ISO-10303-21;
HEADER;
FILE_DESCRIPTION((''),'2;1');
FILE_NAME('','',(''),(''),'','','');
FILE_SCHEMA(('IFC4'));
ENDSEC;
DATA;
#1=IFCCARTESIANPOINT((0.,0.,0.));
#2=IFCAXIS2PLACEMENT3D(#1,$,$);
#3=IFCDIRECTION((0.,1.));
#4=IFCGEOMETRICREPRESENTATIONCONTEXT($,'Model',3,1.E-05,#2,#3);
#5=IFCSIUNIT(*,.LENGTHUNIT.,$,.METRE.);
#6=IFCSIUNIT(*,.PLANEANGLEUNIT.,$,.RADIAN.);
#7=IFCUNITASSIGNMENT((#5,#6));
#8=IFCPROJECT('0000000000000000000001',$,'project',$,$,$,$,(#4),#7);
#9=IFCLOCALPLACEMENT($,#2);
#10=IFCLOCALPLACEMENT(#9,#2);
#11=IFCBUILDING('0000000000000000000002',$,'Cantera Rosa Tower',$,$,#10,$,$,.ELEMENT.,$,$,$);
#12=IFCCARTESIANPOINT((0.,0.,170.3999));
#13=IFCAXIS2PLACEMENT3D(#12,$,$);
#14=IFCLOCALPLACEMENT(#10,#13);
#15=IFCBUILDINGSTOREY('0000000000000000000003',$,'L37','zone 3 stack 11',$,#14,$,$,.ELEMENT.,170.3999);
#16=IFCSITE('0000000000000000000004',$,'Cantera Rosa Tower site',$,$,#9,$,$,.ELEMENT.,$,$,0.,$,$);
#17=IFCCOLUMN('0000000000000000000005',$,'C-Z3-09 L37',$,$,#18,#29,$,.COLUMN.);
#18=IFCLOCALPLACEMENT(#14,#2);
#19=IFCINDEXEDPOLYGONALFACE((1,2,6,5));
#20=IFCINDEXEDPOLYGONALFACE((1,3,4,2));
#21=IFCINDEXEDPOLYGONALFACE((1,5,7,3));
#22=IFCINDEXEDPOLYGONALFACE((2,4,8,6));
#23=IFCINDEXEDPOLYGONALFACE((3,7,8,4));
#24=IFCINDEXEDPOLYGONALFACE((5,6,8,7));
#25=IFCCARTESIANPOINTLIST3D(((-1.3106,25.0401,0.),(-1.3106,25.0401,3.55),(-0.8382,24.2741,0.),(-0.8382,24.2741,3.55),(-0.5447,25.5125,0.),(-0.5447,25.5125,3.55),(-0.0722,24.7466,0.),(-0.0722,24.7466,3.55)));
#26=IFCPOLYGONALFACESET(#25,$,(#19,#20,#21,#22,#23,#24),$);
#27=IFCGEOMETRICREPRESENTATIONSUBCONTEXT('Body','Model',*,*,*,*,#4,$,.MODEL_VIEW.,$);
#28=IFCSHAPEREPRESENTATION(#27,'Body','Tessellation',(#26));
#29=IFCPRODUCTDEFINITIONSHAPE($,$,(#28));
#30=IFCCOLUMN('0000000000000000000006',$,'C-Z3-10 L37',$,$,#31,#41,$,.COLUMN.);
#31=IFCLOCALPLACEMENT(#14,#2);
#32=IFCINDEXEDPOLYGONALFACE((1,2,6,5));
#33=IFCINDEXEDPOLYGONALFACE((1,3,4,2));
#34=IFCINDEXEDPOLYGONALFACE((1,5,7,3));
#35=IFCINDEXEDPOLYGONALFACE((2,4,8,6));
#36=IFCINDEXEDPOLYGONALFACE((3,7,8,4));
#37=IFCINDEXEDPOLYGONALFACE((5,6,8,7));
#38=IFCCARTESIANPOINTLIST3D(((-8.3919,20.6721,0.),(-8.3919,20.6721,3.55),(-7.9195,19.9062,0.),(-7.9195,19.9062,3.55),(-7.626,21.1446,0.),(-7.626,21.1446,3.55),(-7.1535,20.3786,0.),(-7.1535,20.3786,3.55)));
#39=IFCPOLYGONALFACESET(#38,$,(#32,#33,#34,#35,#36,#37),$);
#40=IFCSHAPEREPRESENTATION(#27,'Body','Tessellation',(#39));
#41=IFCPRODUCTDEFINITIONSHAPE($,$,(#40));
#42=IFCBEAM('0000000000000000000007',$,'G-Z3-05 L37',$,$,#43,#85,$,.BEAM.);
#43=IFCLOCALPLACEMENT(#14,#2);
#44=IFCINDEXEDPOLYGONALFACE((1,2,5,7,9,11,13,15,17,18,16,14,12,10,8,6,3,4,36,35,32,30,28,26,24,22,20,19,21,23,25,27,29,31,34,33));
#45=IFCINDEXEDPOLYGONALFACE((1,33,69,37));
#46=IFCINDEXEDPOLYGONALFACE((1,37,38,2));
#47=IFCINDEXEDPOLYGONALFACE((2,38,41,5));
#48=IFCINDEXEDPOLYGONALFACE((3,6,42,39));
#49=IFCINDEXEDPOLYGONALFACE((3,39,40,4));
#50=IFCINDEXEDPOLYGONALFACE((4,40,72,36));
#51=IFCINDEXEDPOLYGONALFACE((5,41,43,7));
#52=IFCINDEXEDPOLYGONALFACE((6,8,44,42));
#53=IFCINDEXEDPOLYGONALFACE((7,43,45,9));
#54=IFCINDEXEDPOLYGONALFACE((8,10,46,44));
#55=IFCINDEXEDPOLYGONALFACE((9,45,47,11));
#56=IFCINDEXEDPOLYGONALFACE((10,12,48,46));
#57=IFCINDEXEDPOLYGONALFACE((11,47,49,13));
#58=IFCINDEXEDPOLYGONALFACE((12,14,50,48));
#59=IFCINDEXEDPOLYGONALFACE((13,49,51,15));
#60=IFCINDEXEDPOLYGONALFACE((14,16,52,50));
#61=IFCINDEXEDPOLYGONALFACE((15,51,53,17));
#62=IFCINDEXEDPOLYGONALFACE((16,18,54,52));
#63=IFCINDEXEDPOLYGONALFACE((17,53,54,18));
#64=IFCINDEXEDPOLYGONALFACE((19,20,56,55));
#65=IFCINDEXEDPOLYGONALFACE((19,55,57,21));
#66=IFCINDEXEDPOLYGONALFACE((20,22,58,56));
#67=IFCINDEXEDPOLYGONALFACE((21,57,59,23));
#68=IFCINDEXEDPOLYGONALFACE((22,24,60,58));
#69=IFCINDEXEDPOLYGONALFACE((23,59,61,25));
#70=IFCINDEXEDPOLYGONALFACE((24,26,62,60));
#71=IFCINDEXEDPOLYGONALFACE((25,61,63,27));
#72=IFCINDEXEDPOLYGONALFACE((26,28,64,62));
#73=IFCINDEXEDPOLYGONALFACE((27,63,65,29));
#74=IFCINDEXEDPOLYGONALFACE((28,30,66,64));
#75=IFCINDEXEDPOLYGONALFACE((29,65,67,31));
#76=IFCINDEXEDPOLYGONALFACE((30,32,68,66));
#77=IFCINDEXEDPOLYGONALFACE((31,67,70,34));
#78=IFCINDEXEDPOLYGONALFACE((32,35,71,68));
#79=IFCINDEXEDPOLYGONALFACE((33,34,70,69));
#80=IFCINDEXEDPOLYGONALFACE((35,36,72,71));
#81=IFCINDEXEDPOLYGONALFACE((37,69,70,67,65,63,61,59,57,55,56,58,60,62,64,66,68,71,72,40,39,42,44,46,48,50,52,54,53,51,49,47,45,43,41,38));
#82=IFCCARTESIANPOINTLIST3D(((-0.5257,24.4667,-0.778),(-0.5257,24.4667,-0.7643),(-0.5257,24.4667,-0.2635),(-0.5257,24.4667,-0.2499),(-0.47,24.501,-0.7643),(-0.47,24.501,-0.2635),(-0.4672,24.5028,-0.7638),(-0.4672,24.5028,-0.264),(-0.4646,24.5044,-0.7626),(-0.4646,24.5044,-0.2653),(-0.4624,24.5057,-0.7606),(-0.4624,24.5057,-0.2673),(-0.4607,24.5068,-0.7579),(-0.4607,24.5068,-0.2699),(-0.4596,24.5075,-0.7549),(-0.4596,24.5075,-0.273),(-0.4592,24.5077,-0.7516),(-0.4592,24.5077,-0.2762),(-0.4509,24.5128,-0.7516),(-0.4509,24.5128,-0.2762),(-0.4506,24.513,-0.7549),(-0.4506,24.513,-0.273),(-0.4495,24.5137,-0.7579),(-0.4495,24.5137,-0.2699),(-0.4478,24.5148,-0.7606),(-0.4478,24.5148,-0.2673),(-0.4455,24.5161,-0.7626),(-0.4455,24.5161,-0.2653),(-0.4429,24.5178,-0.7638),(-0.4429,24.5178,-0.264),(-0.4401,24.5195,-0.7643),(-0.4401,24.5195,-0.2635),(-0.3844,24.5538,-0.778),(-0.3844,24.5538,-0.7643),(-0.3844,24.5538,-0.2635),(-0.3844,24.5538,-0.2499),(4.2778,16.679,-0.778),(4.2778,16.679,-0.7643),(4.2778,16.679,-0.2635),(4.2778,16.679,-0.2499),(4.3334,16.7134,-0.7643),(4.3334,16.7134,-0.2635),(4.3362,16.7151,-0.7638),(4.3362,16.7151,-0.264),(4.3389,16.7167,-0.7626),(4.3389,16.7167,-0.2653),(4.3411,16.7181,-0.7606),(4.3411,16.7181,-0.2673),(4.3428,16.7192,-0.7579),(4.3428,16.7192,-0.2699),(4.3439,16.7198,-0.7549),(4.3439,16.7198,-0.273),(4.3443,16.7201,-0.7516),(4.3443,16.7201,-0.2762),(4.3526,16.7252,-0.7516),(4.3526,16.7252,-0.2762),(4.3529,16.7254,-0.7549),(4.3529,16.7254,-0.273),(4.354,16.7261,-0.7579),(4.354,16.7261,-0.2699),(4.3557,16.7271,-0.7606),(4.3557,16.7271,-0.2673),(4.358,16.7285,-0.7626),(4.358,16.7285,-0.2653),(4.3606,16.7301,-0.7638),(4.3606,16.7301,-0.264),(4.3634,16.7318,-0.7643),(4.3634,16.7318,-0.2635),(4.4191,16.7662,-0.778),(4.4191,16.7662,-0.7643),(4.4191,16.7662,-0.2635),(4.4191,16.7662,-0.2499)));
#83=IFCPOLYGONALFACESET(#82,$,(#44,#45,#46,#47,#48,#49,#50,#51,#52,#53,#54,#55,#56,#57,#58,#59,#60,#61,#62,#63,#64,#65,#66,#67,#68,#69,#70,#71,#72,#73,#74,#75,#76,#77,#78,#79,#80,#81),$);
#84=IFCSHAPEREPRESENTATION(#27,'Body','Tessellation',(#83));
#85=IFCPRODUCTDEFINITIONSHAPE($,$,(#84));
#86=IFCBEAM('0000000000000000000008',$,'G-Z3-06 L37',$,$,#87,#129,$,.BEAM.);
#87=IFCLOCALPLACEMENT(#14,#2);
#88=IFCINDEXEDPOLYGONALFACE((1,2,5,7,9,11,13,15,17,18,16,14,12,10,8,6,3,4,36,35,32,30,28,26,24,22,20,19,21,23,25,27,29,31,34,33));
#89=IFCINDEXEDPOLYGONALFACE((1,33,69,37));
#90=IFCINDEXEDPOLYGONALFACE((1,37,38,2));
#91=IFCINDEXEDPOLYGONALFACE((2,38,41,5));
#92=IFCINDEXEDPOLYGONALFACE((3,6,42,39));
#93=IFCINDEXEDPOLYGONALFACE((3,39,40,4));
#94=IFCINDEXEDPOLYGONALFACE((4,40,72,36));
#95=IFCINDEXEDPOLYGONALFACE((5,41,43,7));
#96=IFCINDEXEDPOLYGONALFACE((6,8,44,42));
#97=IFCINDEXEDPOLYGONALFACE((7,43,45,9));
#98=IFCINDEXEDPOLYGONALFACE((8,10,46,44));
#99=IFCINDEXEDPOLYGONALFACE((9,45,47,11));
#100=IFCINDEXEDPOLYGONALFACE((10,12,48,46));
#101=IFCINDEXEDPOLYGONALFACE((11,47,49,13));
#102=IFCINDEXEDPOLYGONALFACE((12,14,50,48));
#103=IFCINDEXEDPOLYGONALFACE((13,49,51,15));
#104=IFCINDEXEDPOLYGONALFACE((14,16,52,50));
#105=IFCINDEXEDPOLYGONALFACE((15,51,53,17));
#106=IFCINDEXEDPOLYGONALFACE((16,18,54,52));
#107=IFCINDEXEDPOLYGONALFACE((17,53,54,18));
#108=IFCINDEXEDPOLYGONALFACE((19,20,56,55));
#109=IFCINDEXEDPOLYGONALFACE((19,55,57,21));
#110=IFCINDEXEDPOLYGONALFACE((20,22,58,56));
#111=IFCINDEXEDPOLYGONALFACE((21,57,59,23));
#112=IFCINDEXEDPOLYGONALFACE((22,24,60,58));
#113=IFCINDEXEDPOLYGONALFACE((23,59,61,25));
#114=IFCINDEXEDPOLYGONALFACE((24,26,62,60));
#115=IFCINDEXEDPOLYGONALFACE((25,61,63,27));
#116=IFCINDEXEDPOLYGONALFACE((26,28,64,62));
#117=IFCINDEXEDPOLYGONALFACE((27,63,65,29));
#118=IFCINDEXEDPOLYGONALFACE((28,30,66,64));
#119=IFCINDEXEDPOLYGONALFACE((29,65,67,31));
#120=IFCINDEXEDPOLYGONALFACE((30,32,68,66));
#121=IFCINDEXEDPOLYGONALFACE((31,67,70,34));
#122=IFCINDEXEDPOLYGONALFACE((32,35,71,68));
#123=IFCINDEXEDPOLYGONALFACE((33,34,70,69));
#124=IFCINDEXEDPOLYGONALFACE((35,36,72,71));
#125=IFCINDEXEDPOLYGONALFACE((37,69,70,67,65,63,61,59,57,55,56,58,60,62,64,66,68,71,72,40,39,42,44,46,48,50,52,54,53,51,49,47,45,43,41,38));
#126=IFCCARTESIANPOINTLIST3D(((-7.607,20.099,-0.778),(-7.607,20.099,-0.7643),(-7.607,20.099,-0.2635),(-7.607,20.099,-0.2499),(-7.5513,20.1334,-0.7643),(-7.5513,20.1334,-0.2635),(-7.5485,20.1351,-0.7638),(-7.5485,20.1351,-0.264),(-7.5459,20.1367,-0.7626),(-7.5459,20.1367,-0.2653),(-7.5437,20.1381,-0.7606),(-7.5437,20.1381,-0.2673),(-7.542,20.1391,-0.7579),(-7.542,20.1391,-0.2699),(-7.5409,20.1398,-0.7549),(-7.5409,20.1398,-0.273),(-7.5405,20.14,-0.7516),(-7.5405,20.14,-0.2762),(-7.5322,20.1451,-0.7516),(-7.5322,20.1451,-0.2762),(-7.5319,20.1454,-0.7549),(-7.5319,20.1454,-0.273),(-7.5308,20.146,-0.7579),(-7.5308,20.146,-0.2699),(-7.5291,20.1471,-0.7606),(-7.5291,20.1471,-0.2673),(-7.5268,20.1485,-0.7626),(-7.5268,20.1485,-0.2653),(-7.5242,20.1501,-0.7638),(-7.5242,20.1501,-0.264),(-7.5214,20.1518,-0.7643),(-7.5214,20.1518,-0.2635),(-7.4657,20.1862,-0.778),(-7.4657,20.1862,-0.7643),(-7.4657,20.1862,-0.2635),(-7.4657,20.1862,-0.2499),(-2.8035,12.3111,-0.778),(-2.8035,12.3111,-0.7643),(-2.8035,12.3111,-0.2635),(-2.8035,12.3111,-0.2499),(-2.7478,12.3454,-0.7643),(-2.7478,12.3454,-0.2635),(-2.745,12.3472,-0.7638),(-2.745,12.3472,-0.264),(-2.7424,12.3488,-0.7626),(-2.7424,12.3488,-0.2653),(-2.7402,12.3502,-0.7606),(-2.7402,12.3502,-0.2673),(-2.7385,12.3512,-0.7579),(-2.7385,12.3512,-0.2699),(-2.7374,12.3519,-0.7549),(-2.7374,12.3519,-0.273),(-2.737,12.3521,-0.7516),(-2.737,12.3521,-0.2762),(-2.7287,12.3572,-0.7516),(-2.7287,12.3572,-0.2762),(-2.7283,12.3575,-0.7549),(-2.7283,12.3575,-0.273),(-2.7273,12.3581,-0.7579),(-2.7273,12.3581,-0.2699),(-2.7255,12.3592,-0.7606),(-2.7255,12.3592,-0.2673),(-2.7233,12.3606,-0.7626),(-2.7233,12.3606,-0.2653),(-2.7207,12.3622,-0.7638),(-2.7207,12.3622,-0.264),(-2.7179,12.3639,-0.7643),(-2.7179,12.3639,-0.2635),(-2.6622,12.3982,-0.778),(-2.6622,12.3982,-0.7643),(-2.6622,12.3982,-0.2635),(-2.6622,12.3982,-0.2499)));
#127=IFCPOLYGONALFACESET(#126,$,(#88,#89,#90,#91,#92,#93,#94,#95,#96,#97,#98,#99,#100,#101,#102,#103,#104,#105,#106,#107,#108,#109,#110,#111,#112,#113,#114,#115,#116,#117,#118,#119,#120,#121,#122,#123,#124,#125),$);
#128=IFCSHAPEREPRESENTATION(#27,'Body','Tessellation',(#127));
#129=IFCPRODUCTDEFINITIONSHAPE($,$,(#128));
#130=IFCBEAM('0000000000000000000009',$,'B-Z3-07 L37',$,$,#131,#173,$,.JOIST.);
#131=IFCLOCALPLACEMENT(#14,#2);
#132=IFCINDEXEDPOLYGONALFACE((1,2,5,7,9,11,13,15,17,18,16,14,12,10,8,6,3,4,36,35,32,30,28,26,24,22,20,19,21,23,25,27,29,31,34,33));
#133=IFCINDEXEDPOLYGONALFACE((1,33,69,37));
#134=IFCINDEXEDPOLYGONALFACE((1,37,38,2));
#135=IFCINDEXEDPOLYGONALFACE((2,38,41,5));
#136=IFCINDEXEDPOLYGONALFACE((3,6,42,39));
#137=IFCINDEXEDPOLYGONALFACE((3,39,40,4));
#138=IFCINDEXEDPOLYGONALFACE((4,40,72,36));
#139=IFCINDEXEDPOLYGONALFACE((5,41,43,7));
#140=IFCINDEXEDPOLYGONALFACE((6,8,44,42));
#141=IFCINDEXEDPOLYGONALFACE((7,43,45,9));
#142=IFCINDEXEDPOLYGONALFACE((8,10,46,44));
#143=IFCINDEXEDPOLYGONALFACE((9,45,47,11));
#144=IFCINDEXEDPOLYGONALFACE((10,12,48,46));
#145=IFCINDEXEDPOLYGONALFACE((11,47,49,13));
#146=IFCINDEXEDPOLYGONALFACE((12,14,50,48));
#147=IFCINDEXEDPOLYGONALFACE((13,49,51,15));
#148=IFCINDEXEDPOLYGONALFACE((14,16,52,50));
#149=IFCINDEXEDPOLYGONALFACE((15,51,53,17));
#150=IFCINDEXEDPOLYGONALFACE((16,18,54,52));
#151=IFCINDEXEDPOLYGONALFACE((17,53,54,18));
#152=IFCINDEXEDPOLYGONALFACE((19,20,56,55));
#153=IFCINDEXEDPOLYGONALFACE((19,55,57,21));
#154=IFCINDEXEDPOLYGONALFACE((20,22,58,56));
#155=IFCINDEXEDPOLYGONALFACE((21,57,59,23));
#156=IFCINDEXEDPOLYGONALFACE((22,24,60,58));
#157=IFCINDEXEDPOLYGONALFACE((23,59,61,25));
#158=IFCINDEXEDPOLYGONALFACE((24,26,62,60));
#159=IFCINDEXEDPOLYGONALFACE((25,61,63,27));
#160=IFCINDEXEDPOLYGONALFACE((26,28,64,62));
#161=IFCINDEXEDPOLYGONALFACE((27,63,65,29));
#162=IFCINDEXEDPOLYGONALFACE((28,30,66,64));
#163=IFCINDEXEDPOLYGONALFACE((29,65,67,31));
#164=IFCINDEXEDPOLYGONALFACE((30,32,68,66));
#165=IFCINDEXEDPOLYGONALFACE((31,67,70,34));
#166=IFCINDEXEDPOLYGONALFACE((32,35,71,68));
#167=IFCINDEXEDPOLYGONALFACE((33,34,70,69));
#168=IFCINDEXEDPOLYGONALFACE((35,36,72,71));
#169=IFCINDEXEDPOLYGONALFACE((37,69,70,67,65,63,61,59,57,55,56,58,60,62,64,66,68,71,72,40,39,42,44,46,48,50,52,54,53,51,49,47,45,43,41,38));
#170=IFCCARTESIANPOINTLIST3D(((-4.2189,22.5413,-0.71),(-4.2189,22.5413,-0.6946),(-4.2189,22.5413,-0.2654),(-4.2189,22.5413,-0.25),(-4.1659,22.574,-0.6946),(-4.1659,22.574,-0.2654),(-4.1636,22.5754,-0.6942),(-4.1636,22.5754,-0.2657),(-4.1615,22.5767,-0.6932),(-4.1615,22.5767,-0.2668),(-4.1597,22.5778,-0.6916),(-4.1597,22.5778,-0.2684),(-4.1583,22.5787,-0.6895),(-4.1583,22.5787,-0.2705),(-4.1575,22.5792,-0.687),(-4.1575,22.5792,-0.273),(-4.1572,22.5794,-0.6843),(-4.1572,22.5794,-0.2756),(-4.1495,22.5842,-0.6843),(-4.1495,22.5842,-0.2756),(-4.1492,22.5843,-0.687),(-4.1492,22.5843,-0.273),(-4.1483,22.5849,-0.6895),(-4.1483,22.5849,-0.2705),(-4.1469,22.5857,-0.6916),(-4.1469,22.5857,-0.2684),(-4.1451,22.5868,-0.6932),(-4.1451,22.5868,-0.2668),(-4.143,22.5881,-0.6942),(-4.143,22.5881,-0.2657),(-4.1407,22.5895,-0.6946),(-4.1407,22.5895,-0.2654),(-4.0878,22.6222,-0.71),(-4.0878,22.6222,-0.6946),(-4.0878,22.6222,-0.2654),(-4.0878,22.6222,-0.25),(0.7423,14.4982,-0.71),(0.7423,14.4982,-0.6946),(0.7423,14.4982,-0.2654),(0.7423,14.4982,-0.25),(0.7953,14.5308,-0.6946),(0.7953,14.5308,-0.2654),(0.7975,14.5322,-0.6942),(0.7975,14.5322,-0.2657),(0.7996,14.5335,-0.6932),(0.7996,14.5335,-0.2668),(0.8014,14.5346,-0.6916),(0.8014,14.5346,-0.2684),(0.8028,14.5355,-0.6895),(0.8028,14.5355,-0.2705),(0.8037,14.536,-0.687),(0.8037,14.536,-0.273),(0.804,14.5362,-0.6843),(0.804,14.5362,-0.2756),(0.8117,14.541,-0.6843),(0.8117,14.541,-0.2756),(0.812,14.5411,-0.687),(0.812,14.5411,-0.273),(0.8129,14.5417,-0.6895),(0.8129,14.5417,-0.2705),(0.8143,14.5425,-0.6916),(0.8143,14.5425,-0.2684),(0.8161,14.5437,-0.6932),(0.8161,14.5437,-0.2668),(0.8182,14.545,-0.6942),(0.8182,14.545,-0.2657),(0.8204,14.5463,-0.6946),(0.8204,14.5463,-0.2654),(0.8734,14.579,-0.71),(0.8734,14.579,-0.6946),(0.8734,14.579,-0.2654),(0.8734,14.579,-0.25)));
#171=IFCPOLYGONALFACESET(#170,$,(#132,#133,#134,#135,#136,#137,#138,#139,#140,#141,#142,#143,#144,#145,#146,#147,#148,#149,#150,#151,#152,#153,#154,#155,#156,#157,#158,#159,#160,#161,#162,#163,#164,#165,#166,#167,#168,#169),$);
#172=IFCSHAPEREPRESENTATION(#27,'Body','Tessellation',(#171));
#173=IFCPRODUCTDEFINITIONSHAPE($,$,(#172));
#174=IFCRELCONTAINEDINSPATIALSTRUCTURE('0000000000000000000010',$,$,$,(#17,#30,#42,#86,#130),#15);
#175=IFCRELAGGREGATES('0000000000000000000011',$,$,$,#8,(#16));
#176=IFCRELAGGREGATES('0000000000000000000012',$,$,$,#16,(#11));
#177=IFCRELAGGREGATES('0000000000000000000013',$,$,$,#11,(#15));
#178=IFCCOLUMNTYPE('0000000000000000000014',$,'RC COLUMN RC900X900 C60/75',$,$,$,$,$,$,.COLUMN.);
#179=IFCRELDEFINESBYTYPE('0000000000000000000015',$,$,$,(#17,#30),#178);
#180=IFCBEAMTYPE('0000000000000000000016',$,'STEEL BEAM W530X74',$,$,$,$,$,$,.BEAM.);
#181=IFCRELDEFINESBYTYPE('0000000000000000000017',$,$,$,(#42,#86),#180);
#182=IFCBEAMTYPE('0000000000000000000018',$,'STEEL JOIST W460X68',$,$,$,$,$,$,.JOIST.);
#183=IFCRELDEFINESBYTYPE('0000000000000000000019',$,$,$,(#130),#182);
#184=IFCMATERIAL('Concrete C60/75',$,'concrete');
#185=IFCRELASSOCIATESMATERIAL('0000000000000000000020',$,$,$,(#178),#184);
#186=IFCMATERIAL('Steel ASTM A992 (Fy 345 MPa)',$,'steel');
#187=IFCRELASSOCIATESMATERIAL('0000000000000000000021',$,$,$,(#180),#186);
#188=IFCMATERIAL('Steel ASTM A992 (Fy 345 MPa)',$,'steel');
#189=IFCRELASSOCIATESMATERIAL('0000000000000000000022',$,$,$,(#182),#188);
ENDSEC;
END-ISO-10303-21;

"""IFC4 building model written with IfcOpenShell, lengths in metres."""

from ifc_helpers import new_model, si_unit, direction, frame, origin, origin_2d, place, context, subcontext, project, spatial, rectangle, i_section, extrude, material, material_profile, profile_set, type_object, element, save


model = new_model("IFC4")

# Units and contexts
model_context = context("Model", 3, precision=1e-05, world=origin(), true_north=direction((0.0, 1.0)))
body_context = subcontext(model_context, "Body", "Model", "MODEL_VIEW")
ifc_project = project(units=[si_unit("LENGTHUNIT", "METRE"), si_unit("PLANEANGLEUNIT", "RADIAN")], contexts=[model_context])

# Site, building, storey
site_placement = place(None, origin())
site = spatial("IfcSite", under=ifc_project, at=site_placement, Name="Cantera Rosa Tower site", CompositionType="ELEMENT", RefElevation=0.0)
building_placement = place(site_placement, origin())
building = spatial("IfcBuilding", under=site, at=building_placement, Name="Cantera Rosa Tower", CompositionType="ELEMENT")
storey_placement = place(building_placement, frame((0.0, 0.0, 170.3999)))
storey = spatial("IfcBuildingStorey", under=building, at=storey_placement, Name="L37", Description="zone 3 stack 11", CompositionType="ELEMENT", Elevation=170.3999)

# Columns
ifc_material_1 = material(Name="Concrete C60/75", Category="concrete")
ifc_material_profile_1 = material_profile(ifc_material_1, rectangle(XDim=0.8999, YDim=0.8999, at=origin_2d()), Name="RC COLUMN RC900X900 C60/75")
ifc_profile_set_1 = profile_set([ifc_material_profile_1], Name="Concrete C60/75")
column_type = type_object("IfcColumnType", Name="RC COLUMN RC900X900 C60/75", PredefinedType="COLUMN", material=ifc_profile_set_1)
for number, where, z_axis, x_axis, name in (
    (1, (-0.6914, 24.8933, 0.0), (0.0, 0.0, 1.0), (0.851117, 0.524977, 0.0), "C-Z3-09 L37"),
    (2, (-7.7727, 20.5254, 0.0), (0.0, 0.0, 1.0), (0.851117, 0.524977, 0.0), "C-Z3-10 L37"),
):
    element("IfcColumn", number, at=place(storey_placement, frame(where, z_axis=z_axis, x_axis=x_axis)), inside=storey, type_object=column_type, Name=name, PredefinedType="COLUMN", context=body_context, shape_type="SweptSolid", body=[
        extrude(rectangle(XDim=0.8999, YDim=0.8999, at=origin_2d()), origin(), (0.0, 0.0, 1.0), 3.55),
    ])

# Beams
ifc_material_2 = material(Name="Steel ASTM A992 (Fy 345 MPa)", Category="steel")
ifc_material_profile_2 = material_profile(ifc_material_2, i_section(OverallWidth=0.166, OverallDepth=0.5281, WebThickness=0.0098, FlangeThickness=0.0137, FilletRadius=0.0127, at=origin_2d()), Name="W530X74")
ifc_profile_set_2 = profile_set([ifc_material_profile_2], Name="Steel ASTM A992 (Fy 345 MPa)")
beam_type_1 = type_object("IfcBeamType", Name="STEEL BEAM W530X74", PredefinedType="BEAM", material=ifc_profile_set_2)
beam_1_placement = place(storey_placement, frame((-0.4551, 24.5103, -0.5139), z_axis=(0.524977, -0.851116, 0.0), x_axis=(0.851116, 0.524977, 0.0)))
element("IfcBeam", 3, at=beam_1_placement, inside=storey, type_object=beam_type_1, Name="G-Z3-05 L37", PredefinedType="BEAM", context=body_context, shape_type="SweptSolid", body=[
    extrude(i_section(OverallWidth=0.166, OverallDepth=0.5281, WebThickness=0.0098, FlangeThickness=0.0137, FilletRadius=0.0127, at=origin_2d()), origin(), (0.0, 0.0, 1.0), 9.1499),
])
beam_2_placement = place(storey_placement, frame((-7.5364, 20.1426, -0.5139), z_axis=(0.524965, -0.851124, 0.0), x_axis=(0.851124, 0.524965, 0.0)))
element("IfcBeam", 4, at=beam_2_placement, inside=storey, type_object=beam_type_1, Name="G-Z3-06 L37", PredefinedType="BEAM", context=body_context, shape_type="SweptSolid", body=[
    extrude(i_section(OverallWidth=0.166, OverallDepth=0.5281, WebThickness=0.0098, FlangeThickness=0.0137, FilletRadius=0.0127, at=origin_2d()), origin(), (0.0, 0.0, 1.0), 9.1501),
])
ifc_material_3 = material(Name="Steel ASTM A992 (Fy 345 MPa)", Category="steel")
ifc_material_profile_3 = material_profile(ifc_material_3, i_section(OverallWidth=0.1541, OverallDepth=0.46, WebThickness=0.009, FlangeThickness=0.0154, FilletRadius=0.0103, at=origin_2d()), Name="W460X68")
ifc_profile_set_3 = profile_set([ifc_material_profile_3], Name="Steel ASTM A992 (Fy 345 MPa)")
beam_type_2 = type_object("IfcBeamType", Name="STEEL JOIST W460X68", PredefinedType="JOIST", material=ifc_profile_set_3)
beam_3_placement = place(storey_placement, frame((-4.1533, 22.5818, -0.48), z_axis=(0.524981, -0.851114, 0.0), x_axis=(0.851114, 0.524981, 0.0)))
element("IfcBeam", 5, at=beam_3_placement, inside=storey, type_object=beam_type_2, Name="B-Z3-07 L37", PredefinedType="JOIST", context=body_context, shape_type="SweptSolid", body=[
    extrude(i_section(OverallWidth=0.1541, OverallDepth=0.46, WebThickness=0.009, FlangeThickness=0.0154, FilletRadius=0.0103, at=origin_2d()), origin(), (0.0, 0.0, 1.0), 9.4502),
])

save(model, "model.ifc")
